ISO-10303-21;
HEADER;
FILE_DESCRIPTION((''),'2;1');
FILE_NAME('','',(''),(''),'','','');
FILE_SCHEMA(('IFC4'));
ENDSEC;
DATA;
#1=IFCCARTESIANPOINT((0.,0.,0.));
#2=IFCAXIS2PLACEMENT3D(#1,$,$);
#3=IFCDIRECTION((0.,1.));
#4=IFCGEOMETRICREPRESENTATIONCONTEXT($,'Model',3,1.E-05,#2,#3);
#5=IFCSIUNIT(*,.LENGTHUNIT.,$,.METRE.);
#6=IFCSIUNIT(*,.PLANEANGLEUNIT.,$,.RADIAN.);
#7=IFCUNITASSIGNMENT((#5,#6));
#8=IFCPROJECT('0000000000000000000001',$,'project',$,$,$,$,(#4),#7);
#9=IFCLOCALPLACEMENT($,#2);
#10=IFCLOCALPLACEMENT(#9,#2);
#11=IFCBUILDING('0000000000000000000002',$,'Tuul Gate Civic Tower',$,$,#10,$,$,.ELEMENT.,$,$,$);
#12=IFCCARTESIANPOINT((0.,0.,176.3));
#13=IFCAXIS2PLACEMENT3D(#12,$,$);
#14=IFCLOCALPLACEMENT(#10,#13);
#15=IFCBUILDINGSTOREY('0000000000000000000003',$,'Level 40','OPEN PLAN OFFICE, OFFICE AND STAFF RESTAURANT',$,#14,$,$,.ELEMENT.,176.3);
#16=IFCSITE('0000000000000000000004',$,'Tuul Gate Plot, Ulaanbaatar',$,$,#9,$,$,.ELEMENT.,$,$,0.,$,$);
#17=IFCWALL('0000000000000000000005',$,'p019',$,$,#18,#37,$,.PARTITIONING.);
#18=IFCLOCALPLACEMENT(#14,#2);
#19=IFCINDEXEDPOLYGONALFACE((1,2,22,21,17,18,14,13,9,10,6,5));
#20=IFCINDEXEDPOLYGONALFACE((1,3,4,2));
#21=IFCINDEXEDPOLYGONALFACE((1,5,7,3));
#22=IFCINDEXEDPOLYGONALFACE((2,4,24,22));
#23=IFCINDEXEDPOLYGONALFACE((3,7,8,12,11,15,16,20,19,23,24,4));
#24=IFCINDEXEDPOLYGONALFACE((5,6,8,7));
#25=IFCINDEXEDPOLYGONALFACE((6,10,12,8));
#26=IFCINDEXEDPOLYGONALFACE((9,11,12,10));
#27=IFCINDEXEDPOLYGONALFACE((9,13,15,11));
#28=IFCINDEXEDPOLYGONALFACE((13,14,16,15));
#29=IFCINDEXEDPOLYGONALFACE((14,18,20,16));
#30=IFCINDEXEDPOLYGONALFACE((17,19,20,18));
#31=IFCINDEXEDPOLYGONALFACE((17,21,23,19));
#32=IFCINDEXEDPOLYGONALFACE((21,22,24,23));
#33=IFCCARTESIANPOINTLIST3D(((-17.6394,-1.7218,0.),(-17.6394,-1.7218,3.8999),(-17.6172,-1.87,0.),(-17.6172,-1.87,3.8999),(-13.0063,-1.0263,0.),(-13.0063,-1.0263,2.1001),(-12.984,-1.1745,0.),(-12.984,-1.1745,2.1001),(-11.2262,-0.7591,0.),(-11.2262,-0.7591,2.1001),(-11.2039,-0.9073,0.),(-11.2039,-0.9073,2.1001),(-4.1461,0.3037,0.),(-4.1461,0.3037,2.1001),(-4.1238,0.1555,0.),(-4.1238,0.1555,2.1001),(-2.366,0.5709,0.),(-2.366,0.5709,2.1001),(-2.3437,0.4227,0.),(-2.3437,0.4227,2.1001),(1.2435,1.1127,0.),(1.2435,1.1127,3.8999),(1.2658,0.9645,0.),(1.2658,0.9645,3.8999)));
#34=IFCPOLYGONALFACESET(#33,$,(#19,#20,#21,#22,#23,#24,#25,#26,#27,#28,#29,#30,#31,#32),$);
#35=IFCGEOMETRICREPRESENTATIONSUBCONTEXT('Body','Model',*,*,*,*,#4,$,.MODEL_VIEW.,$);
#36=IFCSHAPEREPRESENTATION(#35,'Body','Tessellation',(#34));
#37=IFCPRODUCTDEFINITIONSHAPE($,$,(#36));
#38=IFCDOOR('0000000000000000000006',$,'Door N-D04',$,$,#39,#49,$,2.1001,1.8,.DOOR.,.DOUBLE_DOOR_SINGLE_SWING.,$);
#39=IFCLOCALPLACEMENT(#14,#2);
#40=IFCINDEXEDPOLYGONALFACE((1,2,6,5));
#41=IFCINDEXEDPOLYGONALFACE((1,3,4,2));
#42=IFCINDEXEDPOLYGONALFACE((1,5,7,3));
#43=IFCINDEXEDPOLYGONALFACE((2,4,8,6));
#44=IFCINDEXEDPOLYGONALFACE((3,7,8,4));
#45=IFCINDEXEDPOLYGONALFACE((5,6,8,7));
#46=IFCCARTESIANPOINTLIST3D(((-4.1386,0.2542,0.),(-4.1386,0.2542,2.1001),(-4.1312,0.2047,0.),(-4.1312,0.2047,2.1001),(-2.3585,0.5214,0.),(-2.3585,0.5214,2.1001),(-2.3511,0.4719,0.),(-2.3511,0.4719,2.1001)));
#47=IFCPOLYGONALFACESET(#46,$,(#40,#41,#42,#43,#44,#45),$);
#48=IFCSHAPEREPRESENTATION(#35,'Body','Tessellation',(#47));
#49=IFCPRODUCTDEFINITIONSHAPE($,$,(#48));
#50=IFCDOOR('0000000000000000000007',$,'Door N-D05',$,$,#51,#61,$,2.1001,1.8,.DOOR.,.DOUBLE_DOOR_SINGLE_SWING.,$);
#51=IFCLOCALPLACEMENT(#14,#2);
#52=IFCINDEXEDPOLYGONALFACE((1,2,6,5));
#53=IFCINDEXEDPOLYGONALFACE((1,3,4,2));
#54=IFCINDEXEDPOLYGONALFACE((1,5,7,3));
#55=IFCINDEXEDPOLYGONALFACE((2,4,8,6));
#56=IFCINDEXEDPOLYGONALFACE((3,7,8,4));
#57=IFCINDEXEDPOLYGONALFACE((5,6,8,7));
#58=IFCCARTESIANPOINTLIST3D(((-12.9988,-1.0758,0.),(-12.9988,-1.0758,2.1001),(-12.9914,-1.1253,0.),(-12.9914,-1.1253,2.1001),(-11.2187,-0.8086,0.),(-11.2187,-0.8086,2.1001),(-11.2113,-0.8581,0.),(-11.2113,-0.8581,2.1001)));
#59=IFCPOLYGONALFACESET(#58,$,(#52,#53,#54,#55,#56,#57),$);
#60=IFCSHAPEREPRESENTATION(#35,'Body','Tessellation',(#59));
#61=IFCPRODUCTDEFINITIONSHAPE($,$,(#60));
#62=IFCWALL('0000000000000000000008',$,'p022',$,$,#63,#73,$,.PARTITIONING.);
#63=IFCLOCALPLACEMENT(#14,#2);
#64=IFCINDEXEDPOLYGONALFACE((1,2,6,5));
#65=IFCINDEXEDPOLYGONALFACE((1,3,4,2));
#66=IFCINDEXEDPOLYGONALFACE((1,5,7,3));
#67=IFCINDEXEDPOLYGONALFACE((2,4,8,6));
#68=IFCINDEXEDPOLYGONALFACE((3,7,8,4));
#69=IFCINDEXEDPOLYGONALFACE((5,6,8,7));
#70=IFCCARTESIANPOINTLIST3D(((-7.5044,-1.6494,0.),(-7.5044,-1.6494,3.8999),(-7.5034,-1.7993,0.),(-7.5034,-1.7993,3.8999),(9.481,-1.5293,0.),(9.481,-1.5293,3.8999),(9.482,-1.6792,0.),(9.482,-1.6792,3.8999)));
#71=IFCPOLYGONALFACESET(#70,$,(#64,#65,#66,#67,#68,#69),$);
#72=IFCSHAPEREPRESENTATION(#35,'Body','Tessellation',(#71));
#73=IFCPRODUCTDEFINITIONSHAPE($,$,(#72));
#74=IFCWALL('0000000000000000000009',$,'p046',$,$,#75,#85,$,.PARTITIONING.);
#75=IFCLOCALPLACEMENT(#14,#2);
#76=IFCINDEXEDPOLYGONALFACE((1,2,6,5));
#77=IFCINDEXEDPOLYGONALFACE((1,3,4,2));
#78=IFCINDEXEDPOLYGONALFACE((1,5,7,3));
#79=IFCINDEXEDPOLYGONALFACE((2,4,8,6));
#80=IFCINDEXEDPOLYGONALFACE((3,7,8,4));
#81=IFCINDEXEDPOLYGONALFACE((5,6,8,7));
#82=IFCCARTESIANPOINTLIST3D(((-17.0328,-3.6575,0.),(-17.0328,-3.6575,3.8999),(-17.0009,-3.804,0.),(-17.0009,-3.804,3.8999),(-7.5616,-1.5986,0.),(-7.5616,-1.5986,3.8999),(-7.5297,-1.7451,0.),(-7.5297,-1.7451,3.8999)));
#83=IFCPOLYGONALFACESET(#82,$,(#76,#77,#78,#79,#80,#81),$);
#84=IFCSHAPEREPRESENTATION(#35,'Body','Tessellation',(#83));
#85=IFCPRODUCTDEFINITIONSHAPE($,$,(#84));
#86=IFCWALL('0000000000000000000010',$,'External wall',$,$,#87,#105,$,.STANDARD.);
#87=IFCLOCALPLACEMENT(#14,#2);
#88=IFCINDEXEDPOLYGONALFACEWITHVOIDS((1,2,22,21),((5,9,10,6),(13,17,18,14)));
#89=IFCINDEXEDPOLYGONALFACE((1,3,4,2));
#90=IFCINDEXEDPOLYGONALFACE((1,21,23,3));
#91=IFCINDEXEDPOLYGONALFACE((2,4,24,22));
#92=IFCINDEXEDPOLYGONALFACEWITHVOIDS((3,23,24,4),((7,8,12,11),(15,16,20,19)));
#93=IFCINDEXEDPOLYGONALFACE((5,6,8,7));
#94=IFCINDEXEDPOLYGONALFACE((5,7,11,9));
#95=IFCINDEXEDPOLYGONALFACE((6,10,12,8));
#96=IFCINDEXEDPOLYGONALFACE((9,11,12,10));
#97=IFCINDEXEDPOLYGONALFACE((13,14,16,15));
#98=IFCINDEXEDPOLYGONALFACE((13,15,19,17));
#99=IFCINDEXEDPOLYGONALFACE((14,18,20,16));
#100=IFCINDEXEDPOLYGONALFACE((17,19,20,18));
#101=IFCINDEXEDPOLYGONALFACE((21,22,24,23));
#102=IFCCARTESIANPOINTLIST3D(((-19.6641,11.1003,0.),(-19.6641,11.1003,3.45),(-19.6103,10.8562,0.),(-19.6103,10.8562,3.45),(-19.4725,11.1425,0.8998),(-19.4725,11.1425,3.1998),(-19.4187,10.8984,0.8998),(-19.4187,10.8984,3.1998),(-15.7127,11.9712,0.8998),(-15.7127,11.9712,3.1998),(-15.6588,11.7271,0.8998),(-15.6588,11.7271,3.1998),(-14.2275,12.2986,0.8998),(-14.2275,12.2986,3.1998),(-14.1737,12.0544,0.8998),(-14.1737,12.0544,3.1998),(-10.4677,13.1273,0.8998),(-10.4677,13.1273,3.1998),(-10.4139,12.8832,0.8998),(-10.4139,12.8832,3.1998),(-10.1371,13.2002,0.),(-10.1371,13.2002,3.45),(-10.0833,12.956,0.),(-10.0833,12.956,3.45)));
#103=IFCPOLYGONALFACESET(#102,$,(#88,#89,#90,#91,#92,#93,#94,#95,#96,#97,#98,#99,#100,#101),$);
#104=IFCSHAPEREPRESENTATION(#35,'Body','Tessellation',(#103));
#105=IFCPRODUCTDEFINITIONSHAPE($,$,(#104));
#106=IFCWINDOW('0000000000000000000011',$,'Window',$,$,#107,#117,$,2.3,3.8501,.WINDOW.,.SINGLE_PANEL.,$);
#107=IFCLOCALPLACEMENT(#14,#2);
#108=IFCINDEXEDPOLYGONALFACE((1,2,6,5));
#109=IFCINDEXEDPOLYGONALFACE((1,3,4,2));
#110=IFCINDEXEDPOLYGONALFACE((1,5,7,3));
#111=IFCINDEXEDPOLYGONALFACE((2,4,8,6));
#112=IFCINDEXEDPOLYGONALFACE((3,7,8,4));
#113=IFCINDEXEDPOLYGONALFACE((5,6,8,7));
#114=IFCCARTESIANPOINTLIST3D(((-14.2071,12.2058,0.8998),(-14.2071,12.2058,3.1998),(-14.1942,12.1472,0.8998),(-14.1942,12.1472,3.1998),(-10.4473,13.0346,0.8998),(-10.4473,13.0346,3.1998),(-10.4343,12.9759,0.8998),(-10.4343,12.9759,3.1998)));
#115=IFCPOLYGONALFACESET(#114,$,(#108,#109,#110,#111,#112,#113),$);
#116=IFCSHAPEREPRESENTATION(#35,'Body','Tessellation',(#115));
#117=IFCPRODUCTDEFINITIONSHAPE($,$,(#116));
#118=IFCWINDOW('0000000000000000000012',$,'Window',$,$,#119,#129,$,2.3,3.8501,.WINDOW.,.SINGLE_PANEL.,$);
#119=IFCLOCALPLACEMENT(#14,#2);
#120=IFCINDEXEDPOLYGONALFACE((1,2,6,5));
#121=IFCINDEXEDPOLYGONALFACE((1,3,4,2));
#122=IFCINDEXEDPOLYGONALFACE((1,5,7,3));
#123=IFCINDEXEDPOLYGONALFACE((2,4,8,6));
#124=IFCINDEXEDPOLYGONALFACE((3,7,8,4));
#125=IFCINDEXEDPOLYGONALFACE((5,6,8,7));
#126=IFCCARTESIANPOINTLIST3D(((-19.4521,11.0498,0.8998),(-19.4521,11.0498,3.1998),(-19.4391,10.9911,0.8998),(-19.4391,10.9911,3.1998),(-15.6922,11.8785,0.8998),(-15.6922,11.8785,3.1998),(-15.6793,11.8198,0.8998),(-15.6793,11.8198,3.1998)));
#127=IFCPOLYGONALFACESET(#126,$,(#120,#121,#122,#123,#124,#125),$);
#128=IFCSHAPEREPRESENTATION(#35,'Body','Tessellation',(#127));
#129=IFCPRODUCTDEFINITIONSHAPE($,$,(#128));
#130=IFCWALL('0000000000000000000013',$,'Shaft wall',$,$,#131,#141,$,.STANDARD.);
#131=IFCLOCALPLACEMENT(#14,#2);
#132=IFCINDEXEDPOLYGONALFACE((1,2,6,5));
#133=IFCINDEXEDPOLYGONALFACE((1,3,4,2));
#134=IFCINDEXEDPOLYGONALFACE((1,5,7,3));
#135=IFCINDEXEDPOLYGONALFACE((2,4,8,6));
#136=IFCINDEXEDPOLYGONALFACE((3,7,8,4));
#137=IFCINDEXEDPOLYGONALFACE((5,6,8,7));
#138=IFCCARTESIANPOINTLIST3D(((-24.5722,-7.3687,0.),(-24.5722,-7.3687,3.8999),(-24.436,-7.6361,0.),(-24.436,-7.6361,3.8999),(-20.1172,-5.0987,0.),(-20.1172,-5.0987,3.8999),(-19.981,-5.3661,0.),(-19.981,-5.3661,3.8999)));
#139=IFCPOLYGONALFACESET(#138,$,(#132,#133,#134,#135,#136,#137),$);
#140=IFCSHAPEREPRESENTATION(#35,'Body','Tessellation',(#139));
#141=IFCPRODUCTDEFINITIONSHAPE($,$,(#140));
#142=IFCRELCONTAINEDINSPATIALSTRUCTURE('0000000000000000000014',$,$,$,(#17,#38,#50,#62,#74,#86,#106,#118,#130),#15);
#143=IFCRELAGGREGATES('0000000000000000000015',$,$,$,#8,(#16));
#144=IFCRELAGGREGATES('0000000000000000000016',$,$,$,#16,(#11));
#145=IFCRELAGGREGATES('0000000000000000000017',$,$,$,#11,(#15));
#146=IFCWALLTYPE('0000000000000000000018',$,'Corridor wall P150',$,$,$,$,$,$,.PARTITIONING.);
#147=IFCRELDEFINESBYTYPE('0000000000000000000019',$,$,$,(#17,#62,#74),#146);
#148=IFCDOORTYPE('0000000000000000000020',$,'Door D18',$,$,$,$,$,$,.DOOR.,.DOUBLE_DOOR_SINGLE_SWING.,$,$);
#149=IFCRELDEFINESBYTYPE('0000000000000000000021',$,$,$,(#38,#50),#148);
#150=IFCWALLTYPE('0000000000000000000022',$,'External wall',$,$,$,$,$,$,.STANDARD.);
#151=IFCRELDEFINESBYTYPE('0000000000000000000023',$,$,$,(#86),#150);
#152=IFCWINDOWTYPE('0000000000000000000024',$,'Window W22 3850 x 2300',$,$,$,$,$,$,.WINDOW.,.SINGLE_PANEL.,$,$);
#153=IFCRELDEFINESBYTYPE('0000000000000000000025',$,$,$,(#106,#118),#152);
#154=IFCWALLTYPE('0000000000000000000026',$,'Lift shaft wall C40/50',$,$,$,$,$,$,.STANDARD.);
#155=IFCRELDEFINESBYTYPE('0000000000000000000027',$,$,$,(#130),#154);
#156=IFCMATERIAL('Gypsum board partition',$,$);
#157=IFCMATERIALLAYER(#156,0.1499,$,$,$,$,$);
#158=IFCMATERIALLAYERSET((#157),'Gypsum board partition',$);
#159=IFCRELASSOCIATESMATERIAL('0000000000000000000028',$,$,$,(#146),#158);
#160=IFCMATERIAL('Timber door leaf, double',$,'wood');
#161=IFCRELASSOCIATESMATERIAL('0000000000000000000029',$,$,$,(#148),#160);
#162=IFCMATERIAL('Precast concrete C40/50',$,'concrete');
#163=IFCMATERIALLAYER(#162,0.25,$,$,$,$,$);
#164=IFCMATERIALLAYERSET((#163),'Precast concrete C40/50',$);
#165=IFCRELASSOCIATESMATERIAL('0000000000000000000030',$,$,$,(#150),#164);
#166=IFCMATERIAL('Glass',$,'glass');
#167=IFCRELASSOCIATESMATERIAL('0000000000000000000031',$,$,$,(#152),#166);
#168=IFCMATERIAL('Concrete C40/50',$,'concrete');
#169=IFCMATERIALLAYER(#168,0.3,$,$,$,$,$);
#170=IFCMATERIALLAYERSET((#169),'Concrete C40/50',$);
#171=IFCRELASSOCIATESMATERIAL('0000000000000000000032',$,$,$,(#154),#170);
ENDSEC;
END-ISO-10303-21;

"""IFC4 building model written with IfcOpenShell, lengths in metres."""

from ifc_helpers import new_model, si_unit, direction, frame, frame_2d, origin, place, context, subcontext, project, spatial, rectangle, extrude, material, layer, layer_set, type_object, element, fill, save


model = new_model("IFC4")

# Units and contexts
model_context = context("Model", 3, precision=1e-05, world=origin(), true_north=direction((0.0, 1.0)))
body_context = subcontext(model_context, "Body", "Model", "MODEL_VIEW")
ifc_project = project(units=[si_unit("LENGTHUNIT", "METRE"), si_unit("PLANEANGLEUNIT", "RADIAN")], contexts=[model_context])

# Site, building, storey
site_placement = place(None, origin())
site = spatial("IfcSite", under=ifc_project, at=site_placement, Name="Tuul Gate Plot, Ulaanbaatar", CompositionType="ELEMENT", RefElevation=0.0)
building_placement = place(site_placement, origin())
building = spatial("IfcBuilding", under=site, at=building_placement, Name="Tuul Gate Civic Tower", CompositionType="ELEMENT")
storey_placement = place(building_placement, frame((0.0, 0.0, 176.3)))
storey = spatial("IfcBuildingStorey", under=building, at=storey_placement, Name="Level 40", Description="OPEN PLAN OFFICE, OFFICE AND STAFF RESTAURANT", CompositionType="ELEMENT", Elevation=176.3)

# Wall, openings, doors
ifc_material_1 = material(Name="Gypsum board partition")
ifc_layer_1 = layer(ifc_material_1, 0.1499)
ifc_layer_set_1 = layer_set([ifc_layer_1], Name="Gypsum board partition")
wall_type_1 = type_object("IfcWallType", Name="Corridor wall P150", PredefinedType="PARTITIONING", material=ifc_layer_set_1)
wall_1_placement = place(storey_placement, frame((-17.6284, -1.7959, 0.0), z_axis=(0.0, 0.0, 1.0), x_axis=(0.988921, 0.148445, 0.0)))
wall_1 = element("IfcWall", 1, at=wall_1_placement, inside=storey, type_object=wall_type_1, Name="p019", PredefinedType="PARTITIONING", context=body_context, shape_type="SweptSolid", body=[
    extrude(rectangle(XDim=19.0945, YDim=0.1499, at=frame_2d((9.5474, 0.0))), origin(), (0.0, 0.0, 1.0), 3.8999),
])
opening_1_placement = place(wall_1_placement, frame((13.6448, 0.0, 0.0)))
opening_1 = element("IfcOpeningElement", 2, at=opening_1_placement, cuts=wall_1, PredefinedType="OPENING", context=body_context, shape_type="SweptSolid", body=[
    extrude(rectangle(XDim=1.8, YDim=2.1001, at=frame_2d((0.8999, 1.05))), frame((0.0, 0.085, 0.0), z_axis=(0.0, -1.0, 0.0), x_axis=(1.0, 0.0, 0.0)), (0.0, 0.0, 1.0), 0.1699),
])
opening_2_placement = place(wall_1_placement, frame((4.6853, 0.0, 0.0)))
opening_2 = element("IfcOpeningElement", 3, at=opening_2_placement, cuts=wall_1, PredefinedType="OPENING", context=body_context, shape_type="SweptSolid", body=[
    extrude(rectangle(XDim=1.8, YDim=2.1001, at=frame_2d((0.8999, 1.05))), frame((0.0, 0.085, 0.0), z_axis=(0.0, -1.0, 0.0), x_axis=(1.0, 0.0, 0.0)), (0.0, 0.0, 1.0), 0.1699),
])
ifc_material_2 = material(Name="Timber door leaf, double", Category="wood")
door_type_1 = type_object("IfcDoorType", Name="Door D18", OperationType="DOUBLE_DOOR_SINGLE_SWING", PredefinedType="DOOR", material=ifc_material_2)
door_1_placement = place(opening_1_placement, origin())
door_1 = element("IfcDoor", 4, at=door_1_placement, inside=storey, type_object=door_type_1, Name="Door N-D04", OperationType="DOUBLE_DOOR_SINGLE_SWING", OverallHeight=2.1001, OverallWidth=1.8, PredefinedType="DOOR", context=body_context, shape_type="SweptSolid", body=[
    extrude(rectangle(XDim=1.8, YDim=2.1001, at=frame_2d((0.8999, 1.05))), frame((0.0, 0.0249, 0.0), z_axis=(0.0, -1.0, 0.0), x_axis=(1.0, 0.0, 0.0)), (0.0, 0.0, 1.0), 0.05),
])
fill(opening_1, door_1)
door_2_placement = place(opening_2_placement, origin())
door_2 = element("IfcDoor", 5, at=door_2_placement, inside=storey, type_object=door_type_1, Name="Door N-D05", OperationType="DOUBLE_DOOR_SINGLE_SWING", OverallHeight=2.1001, OverallWidth=1.8, PredefinedType="DOOR", context=body_context, shape_type="SweptSolid", body=[
    extrude(rectangle(XDim=1.8, YDim=2.1001, at=frame_2d((0.8999, 1.05))), frame((0.0, 0.0249, 0.0), z_axis=(0.0, -1.0, 0.0), x_axis=(1.0, 0.0, 0.0)), (0.0, 0.0, 1.0), 0.05),
])
fill(opening_2, door_2)

# Walls
wall_2_placement = place(storey_placement, frame((-7.5039, -1.7244, 0.0), z_axis=(0.0, 0.0, 1.0), x_axis=(0.999975, 0.007072, 0.0)))
element("IfcWall", 6, at=wall_2_placement, inside=storey, type_object=wall_type_1, Name="p022", PredefinedType="PARTITIONING", context=body_context, shape_type="SweptSolid", body=[
    extrude(rectangle(XDim=16.9858, YDim=0.1499, at=frame_2d((8.4929, 0.0))), origin(), (0.0, 0.0, 1.0), 3.8999),
])
wall_3_placement = place(storey_placement, frame((-17.0168, -3.7307, 0.0), z_axis=(0.0, 0.0, 1.0), x_axis=(0.977179, 0.212418, 0.0)))
element("IfcWall", 7, at=wall_3_placement, inside=storey, type_object=wall_type_1, Name="p046", PredefinedType="PARTITIONING", context=body_context, shape_type="SweptSolid", body=[
    extrude(rectangle(XDim=9.6924, YDim=0.1499, at=frame_2d((4.8462, 0.0))), origin(), (0.0, 0.0, 1.0), 3.8999),
])

# Wall, openings, windows
ifc_material_3 = material(Name="Precast concrete C40/50", Category="concrete")
ifc_layer_2 = layer(ifc_material_3, 0.25)
ifc_layer_set_2 = layer_set([ifc_layer_2], Name="Precast concrete C40/50")
wall_type_2 = type_object("IfcWallType", Name="External wall", PredefinedType="STANDARD", material=ifc_layer_set_2)
wall_4_placement = place(storey_placement, frame((-10.1101, 13.0781, 0.0), z_axis=(0.0, 0.0, 1.0), x_axis=(-0.97656, -0.215248, 0.0)))
wall_4 = element("IfcWall", 8, at=wall_4_placement, inside=storey, type_object=wall_type_2, Name="External wall", PredefinedType="STANDARD", context=body_context, shape_type="SweptSolid", body=[
    extrude(rectangle(XDim=9.7556, YDim=0.25, at=frame_2d((4.8779, 0.0))), origin(), (0.0, 0.0, 1.0), 3.45),
])
opening_3_placement = place(wall_4_placement, frame((0.3386, 0.0, 0.8999)))
opening_3 = element("IfcOpeningElement", 9, at=opening_3_placement, cuts=wall_4, PredefinedType="OPENING", context=body_context, shape_type="SweptSolid", body=[
    extrude(rectangle(XDim=3.8501, YDim=2.3, at=frame_2d((1.925, 1.1499))), frame((0.0, 0.135, 0.0), z_axis=(0.0, -1.0, 0.0), x_axis=(1.0, 0.0, 0.0)), (0.0, 0.0, 1.0), 0.27),
])
opening_4_placement = place(wall_4_placement, frame((5.7095, 0.0, 0.8999)))
opening_4 = element("IfcOpeningElement", 10, at=opening_4_placement, cuts=wall_4, PredefinedType="OPENING", context=body_context, shape_type="SweptSolid", body=[
    extrude(rectangle(XDim=3.8501, YDim=2.3, at=frame_2d((1.925, 1.1499))), frame((0.0, 0.135, 0.0), z_axis=(0.0, -1.0, 0.0), x_axis=(1.0, 0.0, 0.0)), (0.0, 0.0, 1.0), 0.27),
])
ifc_material_4 = material(Name="Glass", Category="glass")
window_type = type_object("IfcWindowType", Name="Window W22 3850 x 2300", PartitioningType="SINGLE_PANEL", PredefinedType="WINDOW", material=ifc_material_4)
window_1_placement = place(opening_3_placement, origin())
window_1 = element("IfcWindow", 11, at=window_1_placement, inside=storey, type_object=window_type, Name="Window", OverallHeight=2.3, OverallWidth=3.8501, PartitioningType="SINGLE_PANEL", PredefinedType="WINDOW", context=body_context, shape_type="SweptSolid", body=[
    extrude(rectangle(XDim=3.8501, YDim=2.3, at=frame_2d((1.925, 1.1499))), frame((0.0, 0.03, 0.0), z_axis=(0.0, -1.0, 0.0), x_axis=(1.0, 0.0, 0.0)), (0.0, 0.0, 1.0), 0.0601),
])
fill(opening_3, window_1)
window_2_placement = place(opening_4_placement, origin())
window_2 = element("IfcWindow", 12, at=window_2_placement, inside=storey, type_object=window_type, Name="Window", OverallHeight=2.3, OverallWidth=3.8501, PartitioningType="SINGLE_PANEL", PredefinedType="WINDOW", context=body_context, shape_type="SweptSolid", body=[
    extrude(rectangle(XDim=3.8501, YDim=2.3, at=frame_2d((1.925, 1.1499))), frame((0.0, 0.03, 0.0), z_axis=(0.0, -1.0, 0.0), x_axis=(1.0, 0.0, 0.0)), (0.0, 0.0, 1.0), 0.0601),
])
fill(opening_4, window_2)

# Wall
ifc_material_5 = material(Name="Concrete C40/50", Category="concrete")
ifc_layer_3 = layer(ifc_material_5, 0.3)
ifc_layer_set_3 = layer_set([ifc_layer_3], Name="Concrete C40/50")
wall_type_3 = type_object("IfcWallType", Name="Lift shaft wall C40/50", PredefinedType="STANDARD", material=ifc_layer_set_3)
wall_5_placement = place(storey_placement, frame((-20.0491, -5.2324, 0.0), z_axis=(0.0, 0.0, 1.0), x_axis=(-0.891003, -0.453997, 0.0)))
element("IfcWall", 13, at=wall_5_placement, inside=storey, type_object=wall_type_3, Name="Shaft wall", PredefinedType="STANDARD", context=body_context, shape_type="SweptSolid", body=[
    extrude(rectangle(XDim=5.0, YDim=0.3, at=frame_2d((2.5, 0.0))), origin(), (0.0, 0.0, 1.0), 3.8999),
])

save(model, "model.ifc")
